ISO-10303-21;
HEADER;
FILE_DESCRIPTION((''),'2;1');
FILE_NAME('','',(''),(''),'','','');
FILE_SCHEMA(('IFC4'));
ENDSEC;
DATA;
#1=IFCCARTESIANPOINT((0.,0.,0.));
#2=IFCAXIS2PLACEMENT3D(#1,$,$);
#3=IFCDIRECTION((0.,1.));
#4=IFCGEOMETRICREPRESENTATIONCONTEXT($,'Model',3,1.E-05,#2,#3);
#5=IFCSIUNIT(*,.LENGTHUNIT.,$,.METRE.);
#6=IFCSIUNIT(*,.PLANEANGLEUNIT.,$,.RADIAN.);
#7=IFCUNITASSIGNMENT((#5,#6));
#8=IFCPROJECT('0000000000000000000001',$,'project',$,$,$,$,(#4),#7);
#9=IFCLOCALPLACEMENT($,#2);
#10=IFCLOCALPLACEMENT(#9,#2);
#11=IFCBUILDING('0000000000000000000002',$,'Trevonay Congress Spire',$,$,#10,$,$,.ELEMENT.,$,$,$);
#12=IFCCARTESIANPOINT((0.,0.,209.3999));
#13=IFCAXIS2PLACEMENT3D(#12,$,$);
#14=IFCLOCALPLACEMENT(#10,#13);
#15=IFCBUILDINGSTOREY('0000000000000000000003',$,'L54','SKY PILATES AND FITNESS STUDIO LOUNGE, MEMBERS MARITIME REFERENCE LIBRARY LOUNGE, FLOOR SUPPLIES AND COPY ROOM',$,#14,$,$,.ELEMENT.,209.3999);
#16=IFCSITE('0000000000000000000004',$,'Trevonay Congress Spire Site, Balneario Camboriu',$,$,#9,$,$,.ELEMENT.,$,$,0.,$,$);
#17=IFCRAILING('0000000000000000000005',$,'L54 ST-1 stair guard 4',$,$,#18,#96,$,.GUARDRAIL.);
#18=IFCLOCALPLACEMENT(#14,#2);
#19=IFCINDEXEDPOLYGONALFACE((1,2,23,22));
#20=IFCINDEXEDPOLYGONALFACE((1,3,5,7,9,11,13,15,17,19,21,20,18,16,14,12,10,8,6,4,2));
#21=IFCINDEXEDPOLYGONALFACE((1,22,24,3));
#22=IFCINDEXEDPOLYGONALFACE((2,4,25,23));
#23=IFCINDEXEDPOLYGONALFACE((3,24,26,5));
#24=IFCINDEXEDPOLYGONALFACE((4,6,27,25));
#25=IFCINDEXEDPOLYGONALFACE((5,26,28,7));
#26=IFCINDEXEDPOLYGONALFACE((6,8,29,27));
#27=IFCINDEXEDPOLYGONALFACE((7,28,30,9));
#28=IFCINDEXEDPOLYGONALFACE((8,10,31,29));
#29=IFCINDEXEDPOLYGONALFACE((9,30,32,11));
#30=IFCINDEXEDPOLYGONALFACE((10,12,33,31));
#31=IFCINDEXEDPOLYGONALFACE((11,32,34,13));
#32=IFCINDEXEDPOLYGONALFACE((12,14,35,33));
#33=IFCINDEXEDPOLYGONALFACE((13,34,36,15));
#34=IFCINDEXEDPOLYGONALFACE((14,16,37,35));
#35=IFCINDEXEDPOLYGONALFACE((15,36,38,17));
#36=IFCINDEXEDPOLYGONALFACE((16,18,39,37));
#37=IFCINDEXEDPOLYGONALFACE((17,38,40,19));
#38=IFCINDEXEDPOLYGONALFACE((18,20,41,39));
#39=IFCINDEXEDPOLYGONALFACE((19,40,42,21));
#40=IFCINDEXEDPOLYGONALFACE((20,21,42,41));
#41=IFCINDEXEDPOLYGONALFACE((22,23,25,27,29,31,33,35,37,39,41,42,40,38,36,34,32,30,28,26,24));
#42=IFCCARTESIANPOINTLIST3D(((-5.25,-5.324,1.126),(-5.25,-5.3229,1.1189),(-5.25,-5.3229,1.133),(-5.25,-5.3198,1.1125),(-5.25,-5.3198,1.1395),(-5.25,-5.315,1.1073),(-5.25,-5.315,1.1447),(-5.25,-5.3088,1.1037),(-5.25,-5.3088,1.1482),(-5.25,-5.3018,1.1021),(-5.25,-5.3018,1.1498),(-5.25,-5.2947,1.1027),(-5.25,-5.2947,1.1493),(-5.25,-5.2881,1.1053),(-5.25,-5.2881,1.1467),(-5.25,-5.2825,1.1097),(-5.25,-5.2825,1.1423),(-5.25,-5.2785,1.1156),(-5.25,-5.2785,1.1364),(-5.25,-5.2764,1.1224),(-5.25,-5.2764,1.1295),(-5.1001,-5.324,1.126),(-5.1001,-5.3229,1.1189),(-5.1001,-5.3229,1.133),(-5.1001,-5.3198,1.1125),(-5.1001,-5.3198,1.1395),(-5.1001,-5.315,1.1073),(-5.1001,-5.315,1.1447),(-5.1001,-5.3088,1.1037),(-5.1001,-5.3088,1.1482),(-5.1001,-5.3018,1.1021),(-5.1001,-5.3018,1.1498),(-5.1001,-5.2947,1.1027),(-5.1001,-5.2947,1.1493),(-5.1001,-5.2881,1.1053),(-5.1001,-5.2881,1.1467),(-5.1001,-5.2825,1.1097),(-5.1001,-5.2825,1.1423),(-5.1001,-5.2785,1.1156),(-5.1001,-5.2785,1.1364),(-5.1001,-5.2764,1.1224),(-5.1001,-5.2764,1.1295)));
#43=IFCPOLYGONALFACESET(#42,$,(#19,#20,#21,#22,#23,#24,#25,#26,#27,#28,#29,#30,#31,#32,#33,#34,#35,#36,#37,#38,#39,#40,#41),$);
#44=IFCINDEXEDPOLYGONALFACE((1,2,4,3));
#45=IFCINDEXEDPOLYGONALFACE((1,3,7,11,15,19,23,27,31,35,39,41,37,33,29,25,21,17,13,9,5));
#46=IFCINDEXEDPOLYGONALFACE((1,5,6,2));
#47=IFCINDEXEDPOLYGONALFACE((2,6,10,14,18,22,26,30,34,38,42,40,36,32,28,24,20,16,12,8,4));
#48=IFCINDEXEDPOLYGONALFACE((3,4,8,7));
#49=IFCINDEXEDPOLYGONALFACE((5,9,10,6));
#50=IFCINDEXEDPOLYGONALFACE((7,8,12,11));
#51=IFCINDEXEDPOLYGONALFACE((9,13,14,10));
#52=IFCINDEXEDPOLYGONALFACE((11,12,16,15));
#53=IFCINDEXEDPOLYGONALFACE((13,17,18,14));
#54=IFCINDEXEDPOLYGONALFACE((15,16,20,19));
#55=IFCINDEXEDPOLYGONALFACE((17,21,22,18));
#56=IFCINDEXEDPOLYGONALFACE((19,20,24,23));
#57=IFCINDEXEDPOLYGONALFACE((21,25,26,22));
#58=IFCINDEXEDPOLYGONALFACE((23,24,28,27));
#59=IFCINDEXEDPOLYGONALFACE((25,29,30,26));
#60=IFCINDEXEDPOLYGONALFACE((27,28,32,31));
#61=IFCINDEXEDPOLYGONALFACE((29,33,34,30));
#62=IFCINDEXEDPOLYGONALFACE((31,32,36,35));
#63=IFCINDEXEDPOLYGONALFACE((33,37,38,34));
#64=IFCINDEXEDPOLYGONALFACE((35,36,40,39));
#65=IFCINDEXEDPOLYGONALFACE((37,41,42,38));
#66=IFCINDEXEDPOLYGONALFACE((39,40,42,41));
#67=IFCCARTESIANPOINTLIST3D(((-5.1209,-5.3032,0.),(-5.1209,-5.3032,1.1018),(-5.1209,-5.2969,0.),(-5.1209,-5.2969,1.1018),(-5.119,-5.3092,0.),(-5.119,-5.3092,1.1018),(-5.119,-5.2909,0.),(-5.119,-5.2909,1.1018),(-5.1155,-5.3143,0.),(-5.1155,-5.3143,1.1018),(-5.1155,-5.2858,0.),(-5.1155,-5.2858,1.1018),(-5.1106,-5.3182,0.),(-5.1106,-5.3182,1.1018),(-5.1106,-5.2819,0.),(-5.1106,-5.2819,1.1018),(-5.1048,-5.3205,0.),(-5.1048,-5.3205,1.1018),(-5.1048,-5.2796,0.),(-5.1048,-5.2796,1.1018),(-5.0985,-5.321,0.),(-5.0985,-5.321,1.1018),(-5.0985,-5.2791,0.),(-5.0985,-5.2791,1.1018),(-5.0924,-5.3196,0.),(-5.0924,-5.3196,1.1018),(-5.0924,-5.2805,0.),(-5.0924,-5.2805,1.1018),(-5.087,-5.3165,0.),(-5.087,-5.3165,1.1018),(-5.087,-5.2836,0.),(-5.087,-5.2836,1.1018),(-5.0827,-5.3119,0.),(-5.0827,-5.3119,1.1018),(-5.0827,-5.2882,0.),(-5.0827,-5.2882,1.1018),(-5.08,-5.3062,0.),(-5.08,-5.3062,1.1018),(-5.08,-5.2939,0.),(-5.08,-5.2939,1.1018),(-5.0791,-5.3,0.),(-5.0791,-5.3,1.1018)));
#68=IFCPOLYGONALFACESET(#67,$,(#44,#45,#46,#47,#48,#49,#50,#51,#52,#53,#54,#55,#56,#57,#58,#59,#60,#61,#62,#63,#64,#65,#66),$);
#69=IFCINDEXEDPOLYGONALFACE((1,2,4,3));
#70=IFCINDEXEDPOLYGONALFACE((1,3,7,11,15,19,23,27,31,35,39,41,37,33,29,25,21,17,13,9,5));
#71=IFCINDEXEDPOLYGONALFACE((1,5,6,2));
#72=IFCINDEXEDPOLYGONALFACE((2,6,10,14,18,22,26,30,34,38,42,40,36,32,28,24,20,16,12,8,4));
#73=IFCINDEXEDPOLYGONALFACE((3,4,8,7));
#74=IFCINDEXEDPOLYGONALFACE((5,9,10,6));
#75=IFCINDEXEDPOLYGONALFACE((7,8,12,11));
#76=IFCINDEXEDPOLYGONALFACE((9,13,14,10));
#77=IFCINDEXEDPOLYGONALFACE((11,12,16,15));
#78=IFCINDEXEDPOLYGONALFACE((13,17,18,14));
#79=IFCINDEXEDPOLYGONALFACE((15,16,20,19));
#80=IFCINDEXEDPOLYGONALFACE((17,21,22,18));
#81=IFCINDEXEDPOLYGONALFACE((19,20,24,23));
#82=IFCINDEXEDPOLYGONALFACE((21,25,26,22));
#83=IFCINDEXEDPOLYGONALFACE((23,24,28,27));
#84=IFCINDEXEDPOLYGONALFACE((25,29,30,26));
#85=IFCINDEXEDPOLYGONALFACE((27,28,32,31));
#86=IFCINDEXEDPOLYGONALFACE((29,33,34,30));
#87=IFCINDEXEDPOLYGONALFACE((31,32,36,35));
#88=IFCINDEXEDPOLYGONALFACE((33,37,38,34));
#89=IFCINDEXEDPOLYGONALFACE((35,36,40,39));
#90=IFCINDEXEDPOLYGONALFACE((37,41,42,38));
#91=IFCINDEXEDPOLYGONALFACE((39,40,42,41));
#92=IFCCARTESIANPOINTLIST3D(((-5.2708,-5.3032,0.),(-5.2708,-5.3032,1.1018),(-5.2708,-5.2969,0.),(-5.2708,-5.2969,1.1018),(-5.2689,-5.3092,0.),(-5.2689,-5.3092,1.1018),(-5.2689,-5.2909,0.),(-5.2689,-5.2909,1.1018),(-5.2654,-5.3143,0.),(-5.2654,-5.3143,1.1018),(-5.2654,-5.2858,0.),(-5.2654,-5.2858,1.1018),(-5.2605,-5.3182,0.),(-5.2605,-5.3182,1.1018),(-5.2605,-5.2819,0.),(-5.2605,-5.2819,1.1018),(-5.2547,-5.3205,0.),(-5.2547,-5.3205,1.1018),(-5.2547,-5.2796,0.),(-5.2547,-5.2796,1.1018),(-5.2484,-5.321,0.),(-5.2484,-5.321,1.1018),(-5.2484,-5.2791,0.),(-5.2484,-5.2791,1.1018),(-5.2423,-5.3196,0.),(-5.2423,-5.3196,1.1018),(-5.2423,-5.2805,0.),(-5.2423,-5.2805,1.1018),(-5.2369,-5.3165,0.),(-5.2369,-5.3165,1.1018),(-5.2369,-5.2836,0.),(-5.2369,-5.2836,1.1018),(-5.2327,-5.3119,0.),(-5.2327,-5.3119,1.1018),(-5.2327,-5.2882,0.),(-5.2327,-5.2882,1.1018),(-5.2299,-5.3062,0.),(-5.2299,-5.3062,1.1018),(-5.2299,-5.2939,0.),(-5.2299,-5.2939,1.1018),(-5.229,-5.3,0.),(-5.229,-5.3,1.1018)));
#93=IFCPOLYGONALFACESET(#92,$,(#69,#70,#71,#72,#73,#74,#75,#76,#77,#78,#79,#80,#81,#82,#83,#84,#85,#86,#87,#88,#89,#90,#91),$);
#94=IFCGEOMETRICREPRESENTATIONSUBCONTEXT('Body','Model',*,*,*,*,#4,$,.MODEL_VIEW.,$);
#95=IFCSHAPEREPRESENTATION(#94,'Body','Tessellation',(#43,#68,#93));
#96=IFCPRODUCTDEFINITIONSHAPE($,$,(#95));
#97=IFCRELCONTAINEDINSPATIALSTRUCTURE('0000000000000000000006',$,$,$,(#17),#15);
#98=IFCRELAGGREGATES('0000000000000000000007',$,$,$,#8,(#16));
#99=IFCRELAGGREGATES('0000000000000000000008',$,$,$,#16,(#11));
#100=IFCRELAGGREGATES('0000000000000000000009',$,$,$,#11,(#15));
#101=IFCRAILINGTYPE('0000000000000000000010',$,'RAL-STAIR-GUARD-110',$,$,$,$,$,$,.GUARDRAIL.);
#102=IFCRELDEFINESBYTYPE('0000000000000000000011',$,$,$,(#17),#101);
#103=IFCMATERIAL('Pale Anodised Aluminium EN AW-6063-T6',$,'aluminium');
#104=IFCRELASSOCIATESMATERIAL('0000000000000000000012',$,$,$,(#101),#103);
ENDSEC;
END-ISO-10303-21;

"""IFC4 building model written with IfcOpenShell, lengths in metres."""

from ifc_helpers import new_model, si_unit, direction, frame, origin, origin_2d, place, context, subcontext, project, spatial, circle, extrude, material, type_object, element, save


model = new_model("IFC4")

# Units and contexts
model_context = context("Model", 3, precision=1e-05, world=origin(), true_north=direction((0.0, 1.0)))
body_context = subcontext(model_context, "Body", "Model", "MODEL_VIEW")
ifc_project = project(units=[si_unit("LENGTHUNIT", "METRE"), si_unit("PLANEANGLEUNIT", "RADIAN")], contexts=[model_context])

# Site, building, storey
site_placement = place(None, origin())
site = spatial("IfcSite", under=ifc_project, at=site_placement, Name="Trevonay Congress Spire Site, Balneario Camboriu", CompositionType="ELEMENT", RefElevation=0.0)
building_placement = place(site_placement, origin())
building = spatial("IfcBuilding", under=site, at=building_placement, Name="Trevonay Congress Spire", CompositionType="ELEMENT")
storey_placement = place(building_placement, frame((0.0, 0.0, 209.3999)))
storey = spatial("IfcBuildingStorey", under=building, at=storey_placement, Name="L54", Description="SKY PILATES AND FITNESS STUDIO LOUNGE, MEMBERS MARITIME REFERENCE LIBRARY LOUNGE, FLOOR SUPPLIES AND COPY ROOM", CompositionType="ELEMENT", Elevation=209.3999)

# Railing
ifc_material_1 = material(Name="Pale Anodised Aluminium EN AW-6063-T6", Category="aluminium")
railing_type_1 = type_object("IfcRailingType", Name="RAL-STAIR-GUARD-110", PredefinedType="GUARDRAIL", material=ifc_material_1)
railing_1_placement = place(storey_placement, frame((-5.1001, -5.3, 0.0)))
element("IfcRailing", 1, at=railing_1_placement, inside=storey, type_object=railing_type_1, Name="L54 ST-1 stair guard 4", PredefinedType="GUARDRAIL", context=body_context, shape_type="SweptSolid", body=[
    extrude(circle(Radius=0.0239, at=origin_2d()), frame((0.0, 0.0, 1.126), z_axis=(-1.0, 0.0, 0.0), x_axis=(0.0, -1.0, 0.0)), (0.0, 0.0, 1.0), 0.1499),
    extrude(circle(Radius=0.021, at=origin_2d()), origin(), (0.0, 0.0, 1.0), 1.1018),
    extrude(circle(Radius=0.021, at=origin_2d()), frame((-0.1499, 0.0, 0.0)), (0.0, 0.0, 1.0), 1.1018),
])

save(model, "model.ifc")
